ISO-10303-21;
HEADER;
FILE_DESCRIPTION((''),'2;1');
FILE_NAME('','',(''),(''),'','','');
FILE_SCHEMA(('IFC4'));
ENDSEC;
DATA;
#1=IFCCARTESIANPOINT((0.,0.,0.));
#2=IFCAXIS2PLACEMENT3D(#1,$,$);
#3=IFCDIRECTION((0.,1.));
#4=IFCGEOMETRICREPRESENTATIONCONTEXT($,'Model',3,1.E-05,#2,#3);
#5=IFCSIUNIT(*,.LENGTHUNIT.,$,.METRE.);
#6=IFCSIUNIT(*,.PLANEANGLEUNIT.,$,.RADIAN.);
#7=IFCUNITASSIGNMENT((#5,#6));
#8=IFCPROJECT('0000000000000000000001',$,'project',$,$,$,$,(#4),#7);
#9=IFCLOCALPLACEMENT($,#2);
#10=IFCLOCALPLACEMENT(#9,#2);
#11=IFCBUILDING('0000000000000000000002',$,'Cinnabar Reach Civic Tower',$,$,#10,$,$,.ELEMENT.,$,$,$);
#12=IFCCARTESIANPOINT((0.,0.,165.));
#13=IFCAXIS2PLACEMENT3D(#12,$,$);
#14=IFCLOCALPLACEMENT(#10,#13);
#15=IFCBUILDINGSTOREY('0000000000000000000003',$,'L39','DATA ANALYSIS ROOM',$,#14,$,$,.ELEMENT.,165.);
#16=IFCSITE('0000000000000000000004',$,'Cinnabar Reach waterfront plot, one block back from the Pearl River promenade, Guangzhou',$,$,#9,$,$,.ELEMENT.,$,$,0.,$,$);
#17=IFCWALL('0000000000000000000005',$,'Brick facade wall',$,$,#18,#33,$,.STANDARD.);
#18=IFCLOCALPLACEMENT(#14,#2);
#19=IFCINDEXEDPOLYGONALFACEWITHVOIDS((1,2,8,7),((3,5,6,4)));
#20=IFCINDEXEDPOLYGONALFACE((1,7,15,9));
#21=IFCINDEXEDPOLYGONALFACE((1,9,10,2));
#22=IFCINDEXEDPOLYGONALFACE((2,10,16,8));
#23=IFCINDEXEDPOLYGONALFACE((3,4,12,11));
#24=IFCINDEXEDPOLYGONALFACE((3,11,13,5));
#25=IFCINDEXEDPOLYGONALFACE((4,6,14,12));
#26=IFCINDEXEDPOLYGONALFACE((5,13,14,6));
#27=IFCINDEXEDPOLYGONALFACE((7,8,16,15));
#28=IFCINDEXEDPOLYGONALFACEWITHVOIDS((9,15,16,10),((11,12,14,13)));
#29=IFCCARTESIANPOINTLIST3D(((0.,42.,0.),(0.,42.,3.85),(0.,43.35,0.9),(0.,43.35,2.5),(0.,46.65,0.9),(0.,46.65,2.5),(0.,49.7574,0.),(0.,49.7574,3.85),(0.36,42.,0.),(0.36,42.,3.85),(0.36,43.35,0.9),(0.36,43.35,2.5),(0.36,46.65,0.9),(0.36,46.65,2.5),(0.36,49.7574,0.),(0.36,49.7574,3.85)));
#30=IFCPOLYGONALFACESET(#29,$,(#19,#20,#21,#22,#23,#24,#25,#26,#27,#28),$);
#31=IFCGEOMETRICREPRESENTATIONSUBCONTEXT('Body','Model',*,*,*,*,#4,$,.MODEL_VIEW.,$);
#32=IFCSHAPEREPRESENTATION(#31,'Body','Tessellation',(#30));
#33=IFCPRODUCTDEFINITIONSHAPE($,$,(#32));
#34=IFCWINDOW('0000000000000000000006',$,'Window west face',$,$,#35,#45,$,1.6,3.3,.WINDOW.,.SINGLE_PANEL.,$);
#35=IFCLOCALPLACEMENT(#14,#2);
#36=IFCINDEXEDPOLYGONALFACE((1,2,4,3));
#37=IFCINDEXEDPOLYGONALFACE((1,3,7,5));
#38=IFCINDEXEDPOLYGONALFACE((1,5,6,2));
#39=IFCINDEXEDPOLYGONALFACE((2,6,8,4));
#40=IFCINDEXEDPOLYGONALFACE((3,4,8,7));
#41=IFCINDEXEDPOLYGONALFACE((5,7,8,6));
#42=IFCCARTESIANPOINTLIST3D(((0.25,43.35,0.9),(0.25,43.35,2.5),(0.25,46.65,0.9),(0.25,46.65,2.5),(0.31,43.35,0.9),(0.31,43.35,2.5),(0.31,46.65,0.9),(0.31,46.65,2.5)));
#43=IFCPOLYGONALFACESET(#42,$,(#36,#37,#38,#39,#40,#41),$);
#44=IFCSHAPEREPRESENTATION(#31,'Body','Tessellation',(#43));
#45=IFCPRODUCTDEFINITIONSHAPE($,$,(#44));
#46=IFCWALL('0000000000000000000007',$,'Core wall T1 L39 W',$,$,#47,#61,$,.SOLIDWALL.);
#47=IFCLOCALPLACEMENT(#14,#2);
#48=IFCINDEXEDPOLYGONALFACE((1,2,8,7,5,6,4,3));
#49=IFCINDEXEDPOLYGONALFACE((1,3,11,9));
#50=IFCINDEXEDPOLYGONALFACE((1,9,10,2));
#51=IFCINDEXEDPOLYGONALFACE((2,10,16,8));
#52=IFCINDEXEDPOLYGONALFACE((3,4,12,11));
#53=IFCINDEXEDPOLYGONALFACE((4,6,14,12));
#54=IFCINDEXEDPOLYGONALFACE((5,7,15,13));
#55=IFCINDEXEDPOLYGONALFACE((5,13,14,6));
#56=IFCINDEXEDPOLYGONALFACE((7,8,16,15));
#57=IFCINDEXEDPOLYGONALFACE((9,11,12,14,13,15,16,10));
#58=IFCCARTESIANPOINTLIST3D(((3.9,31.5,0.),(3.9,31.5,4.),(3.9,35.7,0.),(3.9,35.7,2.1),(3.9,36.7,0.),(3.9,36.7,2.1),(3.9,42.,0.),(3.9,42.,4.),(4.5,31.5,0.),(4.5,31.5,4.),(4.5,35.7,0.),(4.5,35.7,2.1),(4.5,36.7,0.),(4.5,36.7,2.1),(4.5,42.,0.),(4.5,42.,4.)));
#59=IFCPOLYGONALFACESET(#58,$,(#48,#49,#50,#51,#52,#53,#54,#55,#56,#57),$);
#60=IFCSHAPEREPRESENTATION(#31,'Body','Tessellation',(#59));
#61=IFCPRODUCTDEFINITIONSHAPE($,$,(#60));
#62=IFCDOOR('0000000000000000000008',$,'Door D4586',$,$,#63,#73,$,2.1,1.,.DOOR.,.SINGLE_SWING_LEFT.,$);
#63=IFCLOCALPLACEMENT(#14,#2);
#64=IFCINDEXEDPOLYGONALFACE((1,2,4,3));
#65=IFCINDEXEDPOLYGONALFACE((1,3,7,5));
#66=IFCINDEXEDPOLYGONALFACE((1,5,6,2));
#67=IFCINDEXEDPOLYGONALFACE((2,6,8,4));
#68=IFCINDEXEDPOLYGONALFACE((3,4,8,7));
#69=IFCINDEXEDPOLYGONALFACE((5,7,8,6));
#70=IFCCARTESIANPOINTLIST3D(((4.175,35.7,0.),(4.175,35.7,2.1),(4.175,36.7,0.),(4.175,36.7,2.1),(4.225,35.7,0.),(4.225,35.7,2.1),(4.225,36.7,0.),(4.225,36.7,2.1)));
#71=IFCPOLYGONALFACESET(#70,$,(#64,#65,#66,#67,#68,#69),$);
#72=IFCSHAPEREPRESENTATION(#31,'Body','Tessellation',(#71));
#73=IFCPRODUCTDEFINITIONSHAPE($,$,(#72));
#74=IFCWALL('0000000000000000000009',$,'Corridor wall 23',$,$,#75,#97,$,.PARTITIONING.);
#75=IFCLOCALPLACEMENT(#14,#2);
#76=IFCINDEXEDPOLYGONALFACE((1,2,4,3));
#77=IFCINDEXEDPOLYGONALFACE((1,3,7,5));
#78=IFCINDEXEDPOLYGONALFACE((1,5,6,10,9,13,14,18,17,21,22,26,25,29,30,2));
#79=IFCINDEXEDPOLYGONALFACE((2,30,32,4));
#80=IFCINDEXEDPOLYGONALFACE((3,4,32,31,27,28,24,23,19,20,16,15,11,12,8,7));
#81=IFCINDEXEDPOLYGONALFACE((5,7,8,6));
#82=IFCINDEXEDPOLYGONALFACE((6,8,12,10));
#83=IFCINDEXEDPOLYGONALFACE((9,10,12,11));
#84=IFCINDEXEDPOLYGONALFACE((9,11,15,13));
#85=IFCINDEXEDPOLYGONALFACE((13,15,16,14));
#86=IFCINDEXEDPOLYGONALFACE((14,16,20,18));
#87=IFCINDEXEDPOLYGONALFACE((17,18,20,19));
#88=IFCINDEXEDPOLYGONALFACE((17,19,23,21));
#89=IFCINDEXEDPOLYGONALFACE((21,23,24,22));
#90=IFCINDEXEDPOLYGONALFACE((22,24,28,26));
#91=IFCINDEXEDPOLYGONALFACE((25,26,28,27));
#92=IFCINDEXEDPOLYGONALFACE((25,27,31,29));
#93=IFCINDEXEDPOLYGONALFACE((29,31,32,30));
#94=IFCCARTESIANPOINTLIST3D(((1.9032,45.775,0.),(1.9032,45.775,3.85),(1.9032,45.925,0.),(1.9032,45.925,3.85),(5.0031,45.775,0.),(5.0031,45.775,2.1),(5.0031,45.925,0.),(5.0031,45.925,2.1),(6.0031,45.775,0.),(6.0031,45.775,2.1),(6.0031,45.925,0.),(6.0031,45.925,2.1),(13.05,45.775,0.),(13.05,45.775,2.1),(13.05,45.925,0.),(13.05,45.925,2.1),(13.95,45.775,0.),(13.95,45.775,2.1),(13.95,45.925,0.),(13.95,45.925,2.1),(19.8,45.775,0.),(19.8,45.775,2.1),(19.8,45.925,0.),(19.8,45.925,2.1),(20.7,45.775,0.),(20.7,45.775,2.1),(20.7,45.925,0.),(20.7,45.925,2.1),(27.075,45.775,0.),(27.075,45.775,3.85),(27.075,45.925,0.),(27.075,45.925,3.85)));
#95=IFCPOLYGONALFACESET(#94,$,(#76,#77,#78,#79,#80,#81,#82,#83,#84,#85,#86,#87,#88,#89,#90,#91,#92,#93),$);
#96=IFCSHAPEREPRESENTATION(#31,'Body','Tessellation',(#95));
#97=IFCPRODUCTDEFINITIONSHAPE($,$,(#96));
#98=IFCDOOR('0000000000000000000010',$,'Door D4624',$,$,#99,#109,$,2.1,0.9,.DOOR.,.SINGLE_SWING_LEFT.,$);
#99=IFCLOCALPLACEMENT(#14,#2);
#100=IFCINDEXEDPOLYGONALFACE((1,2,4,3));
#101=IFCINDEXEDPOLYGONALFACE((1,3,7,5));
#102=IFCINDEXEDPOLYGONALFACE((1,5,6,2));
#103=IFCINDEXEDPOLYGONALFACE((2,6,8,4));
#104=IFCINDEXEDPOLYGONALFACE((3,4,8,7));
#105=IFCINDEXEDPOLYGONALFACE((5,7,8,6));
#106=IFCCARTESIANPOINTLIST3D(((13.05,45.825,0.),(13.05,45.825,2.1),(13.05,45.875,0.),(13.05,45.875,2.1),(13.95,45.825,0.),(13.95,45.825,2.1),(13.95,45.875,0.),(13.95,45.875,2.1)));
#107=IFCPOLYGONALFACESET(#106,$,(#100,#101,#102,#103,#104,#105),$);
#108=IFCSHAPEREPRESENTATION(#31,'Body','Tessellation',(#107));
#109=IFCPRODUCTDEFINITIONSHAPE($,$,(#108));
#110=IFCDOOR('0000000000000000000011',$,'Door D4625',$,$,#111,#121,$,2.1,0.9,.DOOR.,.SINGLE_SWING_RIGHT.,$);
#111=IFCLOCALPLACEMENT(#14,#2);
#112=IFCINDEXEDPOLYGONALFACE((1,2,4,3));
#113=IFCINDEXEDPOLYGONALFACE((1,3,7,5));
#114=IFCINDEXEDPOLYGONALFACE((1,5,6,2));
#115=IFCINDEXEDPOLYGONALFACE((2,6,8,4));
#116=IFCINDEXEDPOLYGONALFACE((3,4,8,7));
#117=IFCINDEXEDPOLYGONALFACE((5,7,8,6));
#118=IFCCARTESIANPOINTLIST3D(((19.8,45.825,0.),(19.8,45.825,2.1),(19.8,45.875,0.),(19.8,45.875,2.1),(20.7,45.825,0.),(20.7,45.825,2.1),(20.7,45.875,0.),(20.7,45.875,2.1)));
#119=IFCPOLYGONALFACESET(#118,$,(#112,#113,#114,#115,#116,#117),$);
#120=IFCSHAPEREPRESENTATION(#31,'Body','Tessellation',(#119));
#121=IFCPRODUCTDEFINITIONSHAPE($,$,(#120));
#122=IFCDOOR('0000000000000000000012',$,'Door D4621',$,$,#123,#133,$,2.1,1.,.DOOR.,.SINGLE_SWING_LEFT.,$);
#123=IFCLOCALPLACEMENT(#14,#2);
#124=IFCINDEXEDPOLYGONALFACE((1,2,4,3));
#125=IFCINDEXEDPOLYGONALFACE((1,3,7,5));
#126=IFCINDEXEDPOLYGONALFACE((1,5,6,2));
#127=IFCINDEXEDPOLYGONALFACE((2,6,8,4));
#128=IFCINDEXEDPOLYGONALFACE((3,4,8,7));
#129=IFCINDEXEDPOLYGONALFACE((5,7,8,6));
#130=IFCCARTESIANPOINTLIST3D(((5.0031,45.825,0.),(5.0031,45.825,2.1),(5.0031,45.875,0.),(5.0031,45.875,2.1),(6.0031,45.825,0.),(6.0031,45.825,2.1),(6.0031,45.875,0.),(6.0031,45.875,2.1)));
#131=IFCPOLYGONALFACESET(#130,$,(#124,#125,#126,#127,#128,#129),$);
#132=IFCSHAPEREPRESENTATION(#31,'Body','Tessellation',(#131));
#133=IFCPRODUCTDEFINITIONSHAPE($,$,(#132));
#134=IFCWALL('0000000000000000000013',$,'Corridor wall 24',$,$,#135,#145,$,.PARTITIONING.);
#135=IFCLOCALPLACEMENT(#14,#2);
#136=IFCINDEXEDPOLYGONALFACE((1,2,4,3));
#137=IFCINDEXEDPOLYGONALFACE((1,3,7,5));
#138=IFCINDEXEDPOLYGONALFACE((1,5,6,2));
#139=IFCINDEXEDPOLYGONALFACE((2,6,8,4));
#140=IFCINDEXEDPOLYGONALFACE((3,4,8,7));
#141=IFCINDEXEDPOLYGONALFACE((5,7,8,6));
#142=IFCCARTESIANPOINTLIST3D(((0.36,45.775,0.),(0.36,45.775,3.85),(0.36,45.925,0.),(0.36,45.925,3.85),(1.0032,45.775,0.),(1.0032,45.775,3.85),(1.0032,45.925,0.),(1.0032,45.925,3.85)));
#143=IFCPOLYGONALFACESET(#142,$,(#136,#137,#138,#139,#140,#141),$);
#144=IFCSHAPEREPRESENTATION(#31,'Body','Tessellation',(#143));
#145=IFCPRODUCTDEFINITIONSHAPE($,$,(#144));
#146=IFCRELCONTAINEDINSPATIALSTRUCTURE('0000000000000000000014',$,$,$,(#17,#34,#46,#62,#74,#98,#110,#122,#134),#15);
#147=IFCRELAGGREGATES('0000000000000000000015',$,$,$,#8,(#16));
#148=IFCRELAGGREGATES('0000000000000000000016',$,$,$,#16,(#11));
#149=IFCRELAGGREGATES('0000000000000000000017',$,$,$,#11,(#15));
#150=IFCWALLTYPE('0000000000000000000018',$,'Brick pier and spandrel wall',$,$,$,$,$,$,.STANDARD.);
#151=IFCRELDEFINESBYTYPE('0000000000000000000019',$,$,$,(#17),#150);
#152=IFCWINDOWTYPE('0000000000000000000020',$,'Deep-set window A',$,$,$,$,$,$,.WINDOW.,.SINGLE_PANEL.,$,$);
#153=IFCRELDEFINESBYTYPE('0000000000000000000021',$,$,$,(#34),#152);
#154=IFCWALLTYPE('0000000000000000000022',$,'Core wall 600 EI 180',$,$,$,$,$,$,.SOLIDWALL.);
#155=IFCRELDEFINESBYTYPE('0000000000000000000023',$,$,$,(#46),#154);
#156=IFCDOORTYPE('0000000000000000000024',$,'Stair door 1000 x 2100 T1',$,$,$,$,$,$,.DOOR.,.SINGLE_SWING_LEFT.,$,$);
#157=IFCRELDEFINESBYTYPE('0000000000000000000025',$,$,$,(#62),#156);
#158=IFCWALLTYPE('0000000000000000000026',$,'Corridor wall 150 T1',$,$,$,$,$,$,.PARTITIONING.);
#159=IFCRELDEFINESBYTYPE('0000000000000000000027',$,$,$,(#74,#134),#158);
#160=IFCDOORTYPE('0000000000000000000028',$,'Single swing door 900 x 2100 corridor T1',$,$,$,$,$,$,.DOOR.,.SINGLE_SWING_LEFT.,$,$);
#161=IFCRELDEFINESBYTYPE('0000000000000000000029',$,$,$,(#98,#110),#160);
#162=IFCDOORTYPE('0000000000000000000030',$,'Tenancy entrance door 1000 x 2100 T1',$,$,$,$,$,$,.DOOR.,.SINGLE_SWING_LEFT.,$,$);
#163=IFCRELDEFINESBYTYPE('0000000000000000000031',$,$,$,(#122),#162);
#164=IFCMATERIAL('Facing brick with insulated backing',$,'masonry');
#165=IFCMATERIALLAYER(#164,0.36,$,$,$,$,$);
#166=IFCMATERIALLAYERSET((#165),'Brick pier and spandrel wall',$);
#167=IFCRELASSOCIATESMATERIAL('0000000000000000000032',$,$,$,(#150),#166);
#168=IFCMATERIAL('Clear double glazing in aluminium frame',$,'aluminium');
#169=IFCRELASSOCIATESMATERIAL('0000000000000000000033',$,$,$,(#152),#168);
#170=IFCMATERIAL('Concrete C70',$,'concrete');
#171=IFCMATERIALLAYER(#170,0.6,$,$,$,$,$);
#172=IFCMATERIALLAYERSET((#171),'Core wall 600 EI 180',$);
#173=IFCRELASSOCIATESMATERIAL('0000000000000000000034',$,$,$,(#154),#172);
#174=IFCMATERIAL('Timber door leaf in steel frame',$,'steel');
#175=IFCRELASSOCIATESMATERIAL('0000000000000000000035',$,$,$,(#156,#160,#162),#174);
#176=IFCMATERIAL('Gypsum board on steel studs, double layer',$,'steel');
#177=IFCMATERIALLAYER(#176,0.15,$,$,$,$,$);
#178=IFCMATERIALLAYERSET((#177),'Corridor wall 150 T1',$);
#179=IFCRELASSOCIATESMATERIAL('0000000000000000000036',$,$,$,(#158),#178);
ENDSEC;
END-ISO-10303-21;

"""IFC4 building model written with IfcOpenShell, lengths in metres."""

from ifc_helpers import new_model, si_unit, direction, frame, frame_2d, origin, place, context, subcontext, project, spatial, rectangle, extrude, material, layer, layer_set, type_object, element, fill, save


model = new_model("IFC4")

# Units and contexts
model_context = context("Model", 3, precision=1e-05, world=origin(), true_north=direction((0.0, 1.0)))
body_context = subcontext(model_context, "Body", "Model", "MODEL_VIEW")
ifc_project = project(units=[si_unit("LENGTHUNIT", "METRE"), si_unit("PLANEANGLEUNIT", "RADIAN")], contexts=[model_context])

# Site, building, storey
site_placement = place(None, origin())
site = spatial("IfcSite", under=ifc_project, at=site_placement, Name="Cinnabar Reach waterfront plot, one block back from the Pearl River promenade, Guangzhou", CompositionType="ELEMENT", RefElevation=0.0)
building_placement = place(site_placement, origin())
building = spatial("IfcBuilding", under=site, at=building_placement, Name="Cinnabar Reach Civic Tower", CompositionType="ELEMENT")
storey_placement = place(building_placement, frame((0.0, 0.0, 165.0)))
storey = spatial("IfcBuildingStorey", under=building, at=storey_placement, Name="L39", Description="DATA ANALYSIS ROOM", CompositionType="ELEMENT", Elevation=165.0)

# Shared definitions
ifc_material_1 = material(Name="Concrete C70", Category="concrete")

# Wall, opening, window
ifc_material_2 = material(Name="Facing brick with insulated backing", Category="masonry")
ifc_layer_1 = layer(ifc_material_2, 0.36)
ifc_layer_set_1 = layer_set([ifc_layer_1], Name="Brick pier and spandrel wall")
wall_type_1 = type_object("IfcWallType", Name="Brick pier and spandrel wall", PredefinedType="STANDARD", material=ifc_layer_set_1)
wall_1_placement = place(storey_placement, frame((0.18, 49.7574, 0.0), z_axis=(0.0, 0.0, 1.0), x_axis=(0.0, -1.0, 0.0)))
wall_1 = element("IfcWall", 1, at=wall_1_placement, inside=storey, type_object=wall_type_1, Name="Brick facade wall", PredefinedType="STANDARD", context=body_context, shape_type="SweptSolid", body=[
    extrude(rectangle(XDim=7.7574, YDim=0.36, at=frame_2d((3.8787, 0.0))), origin(), (0.0, 0.0, 1.0), 3.85),
])
opening_1_placement = place(wall_1_placement, frame((3.1074, 0.0, 0.9)))
opening_1 = element("IfcOpeningElement", 2, at=opening_1_placement, cuts=wall_1, PredefinedType="OPENING", context=body_context, shape_type="SweptSolid", body=[
    extrude(rectangle(XDim=3.3, YDim=1.6, at=frame_2d((1.65, 0.8))), frame((0.0, 0.19, 0.0), z_axis=(0.0, -1.0, 0.0), x_axis=(1.0, 0.0, 0.0)), (0.0, 0.0, 1.0), 0.38),
])
ifc_material_3 = material(Name="Clear double glazing in aluminium frame", Category="aluminium")
window_type = type_object("IfcWindowType", Name="Deep-set window A", PartitioningType="SINGLE_PANEL", PredefinedType="WINDOW", material=ifc_material_3)
window_placement = place(opening_1_placement, origin())
window = element("IfcWindow", 3, at=window_placement, inside=storey, type_object=window_type, Name="Window west face", OverallHeight=1.6, OverallWidth=3.3, PartitioningType="SINGLE_PANEL", PredefinedType="WINDOW", context=body_context, shape_type="SweptSolid", body=[
    extrude(rectangle(XDim=3.3, YDim=1.6, at=frame_2d((1.65, 0.8))), frame((0.0, 0.13, 0.0), z_axis=(0.0, -1.0, 0.0), x_axis=(1.0, 0.0, 0.0)), (0.0, 0.0, 1.0), 0.06),
])
fill(opening_1, window)

# Wall, opening, door
ifc_layer_2 = layer(ifc_material_1, 0.6)
ifc_layer_set_2 = layer_set([ifc_layer_2], Name="Core wall 600 EI 180")
wall_type_2 = type_object("IfcWallType", Name="Core wall 600 EI 180", PredefinedType="SOLIDWALL", material=ifc_layer_set_2)
wall_2_placement = place(storey_placement, frame((4.2, 42.0, 0.0), z_axis=(0.0, 0.0, 1.0), x_axis=(0.0, -1.0, 0.0)))
wall_2 = element("IfcWall", 4, at=wall_2_placement, inside=storey, type_object=wall_type_2, Name="Core wall T1 L39 W", PredefinedType="SOLIDWALL", context=body_context, shape_type="SweptSolid", body=[
    extrude(rectangle(XDim=10.5, YDim=0.6, at=frame_2d((5.25, 0.0))), origin(), (0.0, 0.0, 1.0), 4.0),
])
opening_2_placement = place(wall_2_placement, frame((5.3, 0.0, 0.0)))
opening_2 = element("IfcOpeningElement", 5, at=opening_2_placement, cuts=wall_2, PredefinedType="OPENING", context=body_context, shape_type="SweptSolid", body=[
    extrude(rectangle(XDim=1.0, YDim=2.1, at=frame_2d((0.5, 1.05))), frame((0.0, 0.31, 0.0), z_axis=(0.0, -1.0, 0.0), x_axis=(1.0, 0.0, 0.0)), (0.0, 0.0, 1.0), 0.62),
])
ifc_material_4 = material(Name="Timber door leaf in steel frame", Category="steel")
door_type_1 = type_object("IfcDoorType", Name="Stair door 1000 x 2100 T1", OperationType="SINGLE_SWING_LEFT", PredefinedType="DOOR", material=ifc_material_4)
door_1_placement = place(opening_2_placement, frame((1.0, 0.0, 0.0), z_axis=(0.0, 0.0, 1.0), x_axis=(-1.0, 0.0, 0.0)))
door_1 = element("IfcDoor", 6, at=door_1_placement, inside=storey, type_object=door_type_1, Name="Door D4586", OperationType="SINGLE_SWING_LEFT", OverallHeight=2.1, OverallWidth=1.0, PredefinedType="DOOR", context=body_context, shape_type="SweptSolid", body=[
    extrude(rectangle(XDim=1.0, YDim=2.1, at=frame_2d((0.5, 1.05))), frame((0.0, 0.025, 0.0), z_axis=(0.0, -1.0, 0.0), x_axis=(1.0, 0.0, 0.0)), (0.0, 0.0, 1.0), 0.05),
])
fill(opening_2, door_1)

# Wall, openings, doors
ifc_material_5 = material(Name="Gypsum board on steel studs, double layer", Category="steel")
ifc_layer_3 = layer(ifc_material_5, 0.15)
ifc_layer_set_3 = layer_set([ifc_layer_3], Name="Corridor wall 150 T1")
wall_type_3 = type_object("IfcWallType", Name="Corridor wall 150 T1", PredefinedType="PARTITIONING", material=ifc_layer_set_3)
wall_3_placement = place(storey_placement, frame((1.9031, 45.85, 0.0), z_axis=(0.0, 0.0, 1.0), x_axis=(1.0, 0.0, 0.0)))
wall_3 = element("IfcWall", 7, at=wall_3_placement, inside=storey, type_object=wall_type_3, Name="Corridor wall 23", PredefinedType="PARTITIONING", context=body_context, shape_type="SweptSolid", body=[
    extrude(rectangle(XDim=25.1719, YDim=0.15, at=frame_2d((12.586, 0.0))), origin(), (0.0, 0.0, 1.0), 3.85),
])
opening_3_placement = place(wall_3_placement, frame((3.1, 0.0, 0.0)))
opening_3 = element("IfcOpeningElement", 8, at=opening_3_placement, cuts=wall_3, PredefinedType="OPENING", context=body_context, shape_type="SweptSolid", body=[
    extrude(rectangle(XDim=1.0, YDim=2.1, at=frame_2d((0.5, 1.05))), frame((0.0, 0.085, 0.0), z_axis=(0.0, -1.0, 0.0), x_axis=(1.0, 0.0, 0.0)), (0.0, 0.0, 1.0), 0.17),
])
opening_4_placement = place(wall_3_placement, frame((11.1469, 0.0, 0.0)))
opening_4 = element("IfcOpeningElement", 9, at=opening_4_placement, cuts=wall_3, PredefinedType="OPENING", context=body_context, shape_type="SweptSolid", body=[
    extrude(rectangle(XDim=0.9, YDim=2.1, at=frame_2d((0.45, 1.05))), frame((0.0, 0.085, 0.0), z_axis=(0.0, -1.0, 0.0), x_axis=(1.0, 0.0, 0.0)), (0.0, 0.0, 1.0), 0.17),
])
opening_5_placement = place(wall_3_placement, frame((17.8969, 0.0, 0.0)))
opening_5 = element("IfcOpeningElement", 10, at=opening_5_placement, cuts=wall_3, PredefinedType="OPENING", context=body_context, shape_type="SweptSolid", body=[
    extrude(rectangle(XDim=0.9, YDim=2.1, at=frame_2d((0.45, 1.05))), frame((0.0, 0.085, 0.0), z_axis=(0.0, -1.0, 0.0), x_axis=(1.0, 0.0, 0.0)), (0.0, 0.0, 1.0), 0.17),
])
door_type_2 = type_object("IfcDoorType", Name="Single swing door 900 x 2100 corridor T1", OperationType="SINGLE_SWING_LEFT", PredefinedType="DOOR", material=ifc_material_4)
door_2_placement = place(opening_4_placement, origin())
door_2 = element("IfcDoor", 11, at=door_2_placement, inside=storey, type_object=door_type_2, Name="Door D4624", OperationType="SINGLE_SWING_LEFT", OverallHeight=2.1, OverallWidth=0.9, PredefinedType="DOOR", context=body_context, shape_type="SweptSolid", body=[
    extrude(rectangle(XDim=0.9, YDim=2.1, at=frame_2d((0.45, 1.05))), frame((0.0, 0.025, 0.0), z_axis=(0.0, -1.0, 0.0), x_axis=(1.0, 0.0, 0.0)), (0.0, 0.0, 1.0), 0.05),
])
fill(opening_4, door_2)
door_3_placement = place(opening_5_placement, origin())
door_3 = element("IfcDoor", 12, at=door_3_placement, inside=storey, type_object=door_type_2, Name="Door D4625", OperationType="SINGLE_SWING_RIGHT", OverallHeight=2.1, OverallWidth=0.9, PredefinedType="DOOR", context=body_context, shape_type="SweptSolid", body=[
    extrude(rectangle(XDim=0.9, YDim=2.1, at=frame_2d((0.45, 1.05))), frame((0.0, 0.025, 0.0), z_axis=(0.0, -1.0, 0.0), x_axis=(1.0, 0.0, 0.0)), (0.0, 0.0, 1.0), 0.05),
])
fill(opening_5, door_3)
door_type_3 = type_object("IfcDoorType", Name="Tenancy entrance door 1000 x 2100 T1", OperationType="SINGLE_SWING_LEFT", PredefinedType="DOOR", material=ifc_material_4)
door_4_placement = place(opening_3_placement, origin())
door_4 = element("IfcDoor", 13, at=door_4_placement, inside=storey, type_object=door_type_3, Name="Door D4621", OperationType="SINGLE_SWING_LEFT", OverallHeight=2.1, OverallWidth=1.0, PredefinedType="DOOR", context=body_context, shape_type="SweptSolid", body=[
    extrude(rectangle(XDim=1.0, YDim=2.1, at=frame_2d((0.5, 1.05))), frame((0.0, 0.025, 0.0), z_axis=(0.0, -1.0, 0.0), x_axis=(1.0, 0.0, 0.0)), (0.0, 0.0, 1.0), 0.05),
])
fill(opening_3, door_4)

# Wall
wall_4_placement = place(storey_placement, frame((0.36, 45.85, 0.0), z_axis=(0.0, 0.0, 1.0), x_axis=(1.0, 0.0, 0.0)))
element("IfcWall", 14, at=wall_4_placement, inside=storey, type_object=wall_type_3, Name="Corridor wall 24", PredefinedType="PARTITIONING", context=body_context, shape_type="SweptSolid", body=[
    extrude(rectangle(XDim=0.6431, YDim=0.15, at=frame_2d((0.3216, 0.0))), origin(), (0.0, 0.0, 1.0), 3.85),
])

save(model, "model.ifc")
